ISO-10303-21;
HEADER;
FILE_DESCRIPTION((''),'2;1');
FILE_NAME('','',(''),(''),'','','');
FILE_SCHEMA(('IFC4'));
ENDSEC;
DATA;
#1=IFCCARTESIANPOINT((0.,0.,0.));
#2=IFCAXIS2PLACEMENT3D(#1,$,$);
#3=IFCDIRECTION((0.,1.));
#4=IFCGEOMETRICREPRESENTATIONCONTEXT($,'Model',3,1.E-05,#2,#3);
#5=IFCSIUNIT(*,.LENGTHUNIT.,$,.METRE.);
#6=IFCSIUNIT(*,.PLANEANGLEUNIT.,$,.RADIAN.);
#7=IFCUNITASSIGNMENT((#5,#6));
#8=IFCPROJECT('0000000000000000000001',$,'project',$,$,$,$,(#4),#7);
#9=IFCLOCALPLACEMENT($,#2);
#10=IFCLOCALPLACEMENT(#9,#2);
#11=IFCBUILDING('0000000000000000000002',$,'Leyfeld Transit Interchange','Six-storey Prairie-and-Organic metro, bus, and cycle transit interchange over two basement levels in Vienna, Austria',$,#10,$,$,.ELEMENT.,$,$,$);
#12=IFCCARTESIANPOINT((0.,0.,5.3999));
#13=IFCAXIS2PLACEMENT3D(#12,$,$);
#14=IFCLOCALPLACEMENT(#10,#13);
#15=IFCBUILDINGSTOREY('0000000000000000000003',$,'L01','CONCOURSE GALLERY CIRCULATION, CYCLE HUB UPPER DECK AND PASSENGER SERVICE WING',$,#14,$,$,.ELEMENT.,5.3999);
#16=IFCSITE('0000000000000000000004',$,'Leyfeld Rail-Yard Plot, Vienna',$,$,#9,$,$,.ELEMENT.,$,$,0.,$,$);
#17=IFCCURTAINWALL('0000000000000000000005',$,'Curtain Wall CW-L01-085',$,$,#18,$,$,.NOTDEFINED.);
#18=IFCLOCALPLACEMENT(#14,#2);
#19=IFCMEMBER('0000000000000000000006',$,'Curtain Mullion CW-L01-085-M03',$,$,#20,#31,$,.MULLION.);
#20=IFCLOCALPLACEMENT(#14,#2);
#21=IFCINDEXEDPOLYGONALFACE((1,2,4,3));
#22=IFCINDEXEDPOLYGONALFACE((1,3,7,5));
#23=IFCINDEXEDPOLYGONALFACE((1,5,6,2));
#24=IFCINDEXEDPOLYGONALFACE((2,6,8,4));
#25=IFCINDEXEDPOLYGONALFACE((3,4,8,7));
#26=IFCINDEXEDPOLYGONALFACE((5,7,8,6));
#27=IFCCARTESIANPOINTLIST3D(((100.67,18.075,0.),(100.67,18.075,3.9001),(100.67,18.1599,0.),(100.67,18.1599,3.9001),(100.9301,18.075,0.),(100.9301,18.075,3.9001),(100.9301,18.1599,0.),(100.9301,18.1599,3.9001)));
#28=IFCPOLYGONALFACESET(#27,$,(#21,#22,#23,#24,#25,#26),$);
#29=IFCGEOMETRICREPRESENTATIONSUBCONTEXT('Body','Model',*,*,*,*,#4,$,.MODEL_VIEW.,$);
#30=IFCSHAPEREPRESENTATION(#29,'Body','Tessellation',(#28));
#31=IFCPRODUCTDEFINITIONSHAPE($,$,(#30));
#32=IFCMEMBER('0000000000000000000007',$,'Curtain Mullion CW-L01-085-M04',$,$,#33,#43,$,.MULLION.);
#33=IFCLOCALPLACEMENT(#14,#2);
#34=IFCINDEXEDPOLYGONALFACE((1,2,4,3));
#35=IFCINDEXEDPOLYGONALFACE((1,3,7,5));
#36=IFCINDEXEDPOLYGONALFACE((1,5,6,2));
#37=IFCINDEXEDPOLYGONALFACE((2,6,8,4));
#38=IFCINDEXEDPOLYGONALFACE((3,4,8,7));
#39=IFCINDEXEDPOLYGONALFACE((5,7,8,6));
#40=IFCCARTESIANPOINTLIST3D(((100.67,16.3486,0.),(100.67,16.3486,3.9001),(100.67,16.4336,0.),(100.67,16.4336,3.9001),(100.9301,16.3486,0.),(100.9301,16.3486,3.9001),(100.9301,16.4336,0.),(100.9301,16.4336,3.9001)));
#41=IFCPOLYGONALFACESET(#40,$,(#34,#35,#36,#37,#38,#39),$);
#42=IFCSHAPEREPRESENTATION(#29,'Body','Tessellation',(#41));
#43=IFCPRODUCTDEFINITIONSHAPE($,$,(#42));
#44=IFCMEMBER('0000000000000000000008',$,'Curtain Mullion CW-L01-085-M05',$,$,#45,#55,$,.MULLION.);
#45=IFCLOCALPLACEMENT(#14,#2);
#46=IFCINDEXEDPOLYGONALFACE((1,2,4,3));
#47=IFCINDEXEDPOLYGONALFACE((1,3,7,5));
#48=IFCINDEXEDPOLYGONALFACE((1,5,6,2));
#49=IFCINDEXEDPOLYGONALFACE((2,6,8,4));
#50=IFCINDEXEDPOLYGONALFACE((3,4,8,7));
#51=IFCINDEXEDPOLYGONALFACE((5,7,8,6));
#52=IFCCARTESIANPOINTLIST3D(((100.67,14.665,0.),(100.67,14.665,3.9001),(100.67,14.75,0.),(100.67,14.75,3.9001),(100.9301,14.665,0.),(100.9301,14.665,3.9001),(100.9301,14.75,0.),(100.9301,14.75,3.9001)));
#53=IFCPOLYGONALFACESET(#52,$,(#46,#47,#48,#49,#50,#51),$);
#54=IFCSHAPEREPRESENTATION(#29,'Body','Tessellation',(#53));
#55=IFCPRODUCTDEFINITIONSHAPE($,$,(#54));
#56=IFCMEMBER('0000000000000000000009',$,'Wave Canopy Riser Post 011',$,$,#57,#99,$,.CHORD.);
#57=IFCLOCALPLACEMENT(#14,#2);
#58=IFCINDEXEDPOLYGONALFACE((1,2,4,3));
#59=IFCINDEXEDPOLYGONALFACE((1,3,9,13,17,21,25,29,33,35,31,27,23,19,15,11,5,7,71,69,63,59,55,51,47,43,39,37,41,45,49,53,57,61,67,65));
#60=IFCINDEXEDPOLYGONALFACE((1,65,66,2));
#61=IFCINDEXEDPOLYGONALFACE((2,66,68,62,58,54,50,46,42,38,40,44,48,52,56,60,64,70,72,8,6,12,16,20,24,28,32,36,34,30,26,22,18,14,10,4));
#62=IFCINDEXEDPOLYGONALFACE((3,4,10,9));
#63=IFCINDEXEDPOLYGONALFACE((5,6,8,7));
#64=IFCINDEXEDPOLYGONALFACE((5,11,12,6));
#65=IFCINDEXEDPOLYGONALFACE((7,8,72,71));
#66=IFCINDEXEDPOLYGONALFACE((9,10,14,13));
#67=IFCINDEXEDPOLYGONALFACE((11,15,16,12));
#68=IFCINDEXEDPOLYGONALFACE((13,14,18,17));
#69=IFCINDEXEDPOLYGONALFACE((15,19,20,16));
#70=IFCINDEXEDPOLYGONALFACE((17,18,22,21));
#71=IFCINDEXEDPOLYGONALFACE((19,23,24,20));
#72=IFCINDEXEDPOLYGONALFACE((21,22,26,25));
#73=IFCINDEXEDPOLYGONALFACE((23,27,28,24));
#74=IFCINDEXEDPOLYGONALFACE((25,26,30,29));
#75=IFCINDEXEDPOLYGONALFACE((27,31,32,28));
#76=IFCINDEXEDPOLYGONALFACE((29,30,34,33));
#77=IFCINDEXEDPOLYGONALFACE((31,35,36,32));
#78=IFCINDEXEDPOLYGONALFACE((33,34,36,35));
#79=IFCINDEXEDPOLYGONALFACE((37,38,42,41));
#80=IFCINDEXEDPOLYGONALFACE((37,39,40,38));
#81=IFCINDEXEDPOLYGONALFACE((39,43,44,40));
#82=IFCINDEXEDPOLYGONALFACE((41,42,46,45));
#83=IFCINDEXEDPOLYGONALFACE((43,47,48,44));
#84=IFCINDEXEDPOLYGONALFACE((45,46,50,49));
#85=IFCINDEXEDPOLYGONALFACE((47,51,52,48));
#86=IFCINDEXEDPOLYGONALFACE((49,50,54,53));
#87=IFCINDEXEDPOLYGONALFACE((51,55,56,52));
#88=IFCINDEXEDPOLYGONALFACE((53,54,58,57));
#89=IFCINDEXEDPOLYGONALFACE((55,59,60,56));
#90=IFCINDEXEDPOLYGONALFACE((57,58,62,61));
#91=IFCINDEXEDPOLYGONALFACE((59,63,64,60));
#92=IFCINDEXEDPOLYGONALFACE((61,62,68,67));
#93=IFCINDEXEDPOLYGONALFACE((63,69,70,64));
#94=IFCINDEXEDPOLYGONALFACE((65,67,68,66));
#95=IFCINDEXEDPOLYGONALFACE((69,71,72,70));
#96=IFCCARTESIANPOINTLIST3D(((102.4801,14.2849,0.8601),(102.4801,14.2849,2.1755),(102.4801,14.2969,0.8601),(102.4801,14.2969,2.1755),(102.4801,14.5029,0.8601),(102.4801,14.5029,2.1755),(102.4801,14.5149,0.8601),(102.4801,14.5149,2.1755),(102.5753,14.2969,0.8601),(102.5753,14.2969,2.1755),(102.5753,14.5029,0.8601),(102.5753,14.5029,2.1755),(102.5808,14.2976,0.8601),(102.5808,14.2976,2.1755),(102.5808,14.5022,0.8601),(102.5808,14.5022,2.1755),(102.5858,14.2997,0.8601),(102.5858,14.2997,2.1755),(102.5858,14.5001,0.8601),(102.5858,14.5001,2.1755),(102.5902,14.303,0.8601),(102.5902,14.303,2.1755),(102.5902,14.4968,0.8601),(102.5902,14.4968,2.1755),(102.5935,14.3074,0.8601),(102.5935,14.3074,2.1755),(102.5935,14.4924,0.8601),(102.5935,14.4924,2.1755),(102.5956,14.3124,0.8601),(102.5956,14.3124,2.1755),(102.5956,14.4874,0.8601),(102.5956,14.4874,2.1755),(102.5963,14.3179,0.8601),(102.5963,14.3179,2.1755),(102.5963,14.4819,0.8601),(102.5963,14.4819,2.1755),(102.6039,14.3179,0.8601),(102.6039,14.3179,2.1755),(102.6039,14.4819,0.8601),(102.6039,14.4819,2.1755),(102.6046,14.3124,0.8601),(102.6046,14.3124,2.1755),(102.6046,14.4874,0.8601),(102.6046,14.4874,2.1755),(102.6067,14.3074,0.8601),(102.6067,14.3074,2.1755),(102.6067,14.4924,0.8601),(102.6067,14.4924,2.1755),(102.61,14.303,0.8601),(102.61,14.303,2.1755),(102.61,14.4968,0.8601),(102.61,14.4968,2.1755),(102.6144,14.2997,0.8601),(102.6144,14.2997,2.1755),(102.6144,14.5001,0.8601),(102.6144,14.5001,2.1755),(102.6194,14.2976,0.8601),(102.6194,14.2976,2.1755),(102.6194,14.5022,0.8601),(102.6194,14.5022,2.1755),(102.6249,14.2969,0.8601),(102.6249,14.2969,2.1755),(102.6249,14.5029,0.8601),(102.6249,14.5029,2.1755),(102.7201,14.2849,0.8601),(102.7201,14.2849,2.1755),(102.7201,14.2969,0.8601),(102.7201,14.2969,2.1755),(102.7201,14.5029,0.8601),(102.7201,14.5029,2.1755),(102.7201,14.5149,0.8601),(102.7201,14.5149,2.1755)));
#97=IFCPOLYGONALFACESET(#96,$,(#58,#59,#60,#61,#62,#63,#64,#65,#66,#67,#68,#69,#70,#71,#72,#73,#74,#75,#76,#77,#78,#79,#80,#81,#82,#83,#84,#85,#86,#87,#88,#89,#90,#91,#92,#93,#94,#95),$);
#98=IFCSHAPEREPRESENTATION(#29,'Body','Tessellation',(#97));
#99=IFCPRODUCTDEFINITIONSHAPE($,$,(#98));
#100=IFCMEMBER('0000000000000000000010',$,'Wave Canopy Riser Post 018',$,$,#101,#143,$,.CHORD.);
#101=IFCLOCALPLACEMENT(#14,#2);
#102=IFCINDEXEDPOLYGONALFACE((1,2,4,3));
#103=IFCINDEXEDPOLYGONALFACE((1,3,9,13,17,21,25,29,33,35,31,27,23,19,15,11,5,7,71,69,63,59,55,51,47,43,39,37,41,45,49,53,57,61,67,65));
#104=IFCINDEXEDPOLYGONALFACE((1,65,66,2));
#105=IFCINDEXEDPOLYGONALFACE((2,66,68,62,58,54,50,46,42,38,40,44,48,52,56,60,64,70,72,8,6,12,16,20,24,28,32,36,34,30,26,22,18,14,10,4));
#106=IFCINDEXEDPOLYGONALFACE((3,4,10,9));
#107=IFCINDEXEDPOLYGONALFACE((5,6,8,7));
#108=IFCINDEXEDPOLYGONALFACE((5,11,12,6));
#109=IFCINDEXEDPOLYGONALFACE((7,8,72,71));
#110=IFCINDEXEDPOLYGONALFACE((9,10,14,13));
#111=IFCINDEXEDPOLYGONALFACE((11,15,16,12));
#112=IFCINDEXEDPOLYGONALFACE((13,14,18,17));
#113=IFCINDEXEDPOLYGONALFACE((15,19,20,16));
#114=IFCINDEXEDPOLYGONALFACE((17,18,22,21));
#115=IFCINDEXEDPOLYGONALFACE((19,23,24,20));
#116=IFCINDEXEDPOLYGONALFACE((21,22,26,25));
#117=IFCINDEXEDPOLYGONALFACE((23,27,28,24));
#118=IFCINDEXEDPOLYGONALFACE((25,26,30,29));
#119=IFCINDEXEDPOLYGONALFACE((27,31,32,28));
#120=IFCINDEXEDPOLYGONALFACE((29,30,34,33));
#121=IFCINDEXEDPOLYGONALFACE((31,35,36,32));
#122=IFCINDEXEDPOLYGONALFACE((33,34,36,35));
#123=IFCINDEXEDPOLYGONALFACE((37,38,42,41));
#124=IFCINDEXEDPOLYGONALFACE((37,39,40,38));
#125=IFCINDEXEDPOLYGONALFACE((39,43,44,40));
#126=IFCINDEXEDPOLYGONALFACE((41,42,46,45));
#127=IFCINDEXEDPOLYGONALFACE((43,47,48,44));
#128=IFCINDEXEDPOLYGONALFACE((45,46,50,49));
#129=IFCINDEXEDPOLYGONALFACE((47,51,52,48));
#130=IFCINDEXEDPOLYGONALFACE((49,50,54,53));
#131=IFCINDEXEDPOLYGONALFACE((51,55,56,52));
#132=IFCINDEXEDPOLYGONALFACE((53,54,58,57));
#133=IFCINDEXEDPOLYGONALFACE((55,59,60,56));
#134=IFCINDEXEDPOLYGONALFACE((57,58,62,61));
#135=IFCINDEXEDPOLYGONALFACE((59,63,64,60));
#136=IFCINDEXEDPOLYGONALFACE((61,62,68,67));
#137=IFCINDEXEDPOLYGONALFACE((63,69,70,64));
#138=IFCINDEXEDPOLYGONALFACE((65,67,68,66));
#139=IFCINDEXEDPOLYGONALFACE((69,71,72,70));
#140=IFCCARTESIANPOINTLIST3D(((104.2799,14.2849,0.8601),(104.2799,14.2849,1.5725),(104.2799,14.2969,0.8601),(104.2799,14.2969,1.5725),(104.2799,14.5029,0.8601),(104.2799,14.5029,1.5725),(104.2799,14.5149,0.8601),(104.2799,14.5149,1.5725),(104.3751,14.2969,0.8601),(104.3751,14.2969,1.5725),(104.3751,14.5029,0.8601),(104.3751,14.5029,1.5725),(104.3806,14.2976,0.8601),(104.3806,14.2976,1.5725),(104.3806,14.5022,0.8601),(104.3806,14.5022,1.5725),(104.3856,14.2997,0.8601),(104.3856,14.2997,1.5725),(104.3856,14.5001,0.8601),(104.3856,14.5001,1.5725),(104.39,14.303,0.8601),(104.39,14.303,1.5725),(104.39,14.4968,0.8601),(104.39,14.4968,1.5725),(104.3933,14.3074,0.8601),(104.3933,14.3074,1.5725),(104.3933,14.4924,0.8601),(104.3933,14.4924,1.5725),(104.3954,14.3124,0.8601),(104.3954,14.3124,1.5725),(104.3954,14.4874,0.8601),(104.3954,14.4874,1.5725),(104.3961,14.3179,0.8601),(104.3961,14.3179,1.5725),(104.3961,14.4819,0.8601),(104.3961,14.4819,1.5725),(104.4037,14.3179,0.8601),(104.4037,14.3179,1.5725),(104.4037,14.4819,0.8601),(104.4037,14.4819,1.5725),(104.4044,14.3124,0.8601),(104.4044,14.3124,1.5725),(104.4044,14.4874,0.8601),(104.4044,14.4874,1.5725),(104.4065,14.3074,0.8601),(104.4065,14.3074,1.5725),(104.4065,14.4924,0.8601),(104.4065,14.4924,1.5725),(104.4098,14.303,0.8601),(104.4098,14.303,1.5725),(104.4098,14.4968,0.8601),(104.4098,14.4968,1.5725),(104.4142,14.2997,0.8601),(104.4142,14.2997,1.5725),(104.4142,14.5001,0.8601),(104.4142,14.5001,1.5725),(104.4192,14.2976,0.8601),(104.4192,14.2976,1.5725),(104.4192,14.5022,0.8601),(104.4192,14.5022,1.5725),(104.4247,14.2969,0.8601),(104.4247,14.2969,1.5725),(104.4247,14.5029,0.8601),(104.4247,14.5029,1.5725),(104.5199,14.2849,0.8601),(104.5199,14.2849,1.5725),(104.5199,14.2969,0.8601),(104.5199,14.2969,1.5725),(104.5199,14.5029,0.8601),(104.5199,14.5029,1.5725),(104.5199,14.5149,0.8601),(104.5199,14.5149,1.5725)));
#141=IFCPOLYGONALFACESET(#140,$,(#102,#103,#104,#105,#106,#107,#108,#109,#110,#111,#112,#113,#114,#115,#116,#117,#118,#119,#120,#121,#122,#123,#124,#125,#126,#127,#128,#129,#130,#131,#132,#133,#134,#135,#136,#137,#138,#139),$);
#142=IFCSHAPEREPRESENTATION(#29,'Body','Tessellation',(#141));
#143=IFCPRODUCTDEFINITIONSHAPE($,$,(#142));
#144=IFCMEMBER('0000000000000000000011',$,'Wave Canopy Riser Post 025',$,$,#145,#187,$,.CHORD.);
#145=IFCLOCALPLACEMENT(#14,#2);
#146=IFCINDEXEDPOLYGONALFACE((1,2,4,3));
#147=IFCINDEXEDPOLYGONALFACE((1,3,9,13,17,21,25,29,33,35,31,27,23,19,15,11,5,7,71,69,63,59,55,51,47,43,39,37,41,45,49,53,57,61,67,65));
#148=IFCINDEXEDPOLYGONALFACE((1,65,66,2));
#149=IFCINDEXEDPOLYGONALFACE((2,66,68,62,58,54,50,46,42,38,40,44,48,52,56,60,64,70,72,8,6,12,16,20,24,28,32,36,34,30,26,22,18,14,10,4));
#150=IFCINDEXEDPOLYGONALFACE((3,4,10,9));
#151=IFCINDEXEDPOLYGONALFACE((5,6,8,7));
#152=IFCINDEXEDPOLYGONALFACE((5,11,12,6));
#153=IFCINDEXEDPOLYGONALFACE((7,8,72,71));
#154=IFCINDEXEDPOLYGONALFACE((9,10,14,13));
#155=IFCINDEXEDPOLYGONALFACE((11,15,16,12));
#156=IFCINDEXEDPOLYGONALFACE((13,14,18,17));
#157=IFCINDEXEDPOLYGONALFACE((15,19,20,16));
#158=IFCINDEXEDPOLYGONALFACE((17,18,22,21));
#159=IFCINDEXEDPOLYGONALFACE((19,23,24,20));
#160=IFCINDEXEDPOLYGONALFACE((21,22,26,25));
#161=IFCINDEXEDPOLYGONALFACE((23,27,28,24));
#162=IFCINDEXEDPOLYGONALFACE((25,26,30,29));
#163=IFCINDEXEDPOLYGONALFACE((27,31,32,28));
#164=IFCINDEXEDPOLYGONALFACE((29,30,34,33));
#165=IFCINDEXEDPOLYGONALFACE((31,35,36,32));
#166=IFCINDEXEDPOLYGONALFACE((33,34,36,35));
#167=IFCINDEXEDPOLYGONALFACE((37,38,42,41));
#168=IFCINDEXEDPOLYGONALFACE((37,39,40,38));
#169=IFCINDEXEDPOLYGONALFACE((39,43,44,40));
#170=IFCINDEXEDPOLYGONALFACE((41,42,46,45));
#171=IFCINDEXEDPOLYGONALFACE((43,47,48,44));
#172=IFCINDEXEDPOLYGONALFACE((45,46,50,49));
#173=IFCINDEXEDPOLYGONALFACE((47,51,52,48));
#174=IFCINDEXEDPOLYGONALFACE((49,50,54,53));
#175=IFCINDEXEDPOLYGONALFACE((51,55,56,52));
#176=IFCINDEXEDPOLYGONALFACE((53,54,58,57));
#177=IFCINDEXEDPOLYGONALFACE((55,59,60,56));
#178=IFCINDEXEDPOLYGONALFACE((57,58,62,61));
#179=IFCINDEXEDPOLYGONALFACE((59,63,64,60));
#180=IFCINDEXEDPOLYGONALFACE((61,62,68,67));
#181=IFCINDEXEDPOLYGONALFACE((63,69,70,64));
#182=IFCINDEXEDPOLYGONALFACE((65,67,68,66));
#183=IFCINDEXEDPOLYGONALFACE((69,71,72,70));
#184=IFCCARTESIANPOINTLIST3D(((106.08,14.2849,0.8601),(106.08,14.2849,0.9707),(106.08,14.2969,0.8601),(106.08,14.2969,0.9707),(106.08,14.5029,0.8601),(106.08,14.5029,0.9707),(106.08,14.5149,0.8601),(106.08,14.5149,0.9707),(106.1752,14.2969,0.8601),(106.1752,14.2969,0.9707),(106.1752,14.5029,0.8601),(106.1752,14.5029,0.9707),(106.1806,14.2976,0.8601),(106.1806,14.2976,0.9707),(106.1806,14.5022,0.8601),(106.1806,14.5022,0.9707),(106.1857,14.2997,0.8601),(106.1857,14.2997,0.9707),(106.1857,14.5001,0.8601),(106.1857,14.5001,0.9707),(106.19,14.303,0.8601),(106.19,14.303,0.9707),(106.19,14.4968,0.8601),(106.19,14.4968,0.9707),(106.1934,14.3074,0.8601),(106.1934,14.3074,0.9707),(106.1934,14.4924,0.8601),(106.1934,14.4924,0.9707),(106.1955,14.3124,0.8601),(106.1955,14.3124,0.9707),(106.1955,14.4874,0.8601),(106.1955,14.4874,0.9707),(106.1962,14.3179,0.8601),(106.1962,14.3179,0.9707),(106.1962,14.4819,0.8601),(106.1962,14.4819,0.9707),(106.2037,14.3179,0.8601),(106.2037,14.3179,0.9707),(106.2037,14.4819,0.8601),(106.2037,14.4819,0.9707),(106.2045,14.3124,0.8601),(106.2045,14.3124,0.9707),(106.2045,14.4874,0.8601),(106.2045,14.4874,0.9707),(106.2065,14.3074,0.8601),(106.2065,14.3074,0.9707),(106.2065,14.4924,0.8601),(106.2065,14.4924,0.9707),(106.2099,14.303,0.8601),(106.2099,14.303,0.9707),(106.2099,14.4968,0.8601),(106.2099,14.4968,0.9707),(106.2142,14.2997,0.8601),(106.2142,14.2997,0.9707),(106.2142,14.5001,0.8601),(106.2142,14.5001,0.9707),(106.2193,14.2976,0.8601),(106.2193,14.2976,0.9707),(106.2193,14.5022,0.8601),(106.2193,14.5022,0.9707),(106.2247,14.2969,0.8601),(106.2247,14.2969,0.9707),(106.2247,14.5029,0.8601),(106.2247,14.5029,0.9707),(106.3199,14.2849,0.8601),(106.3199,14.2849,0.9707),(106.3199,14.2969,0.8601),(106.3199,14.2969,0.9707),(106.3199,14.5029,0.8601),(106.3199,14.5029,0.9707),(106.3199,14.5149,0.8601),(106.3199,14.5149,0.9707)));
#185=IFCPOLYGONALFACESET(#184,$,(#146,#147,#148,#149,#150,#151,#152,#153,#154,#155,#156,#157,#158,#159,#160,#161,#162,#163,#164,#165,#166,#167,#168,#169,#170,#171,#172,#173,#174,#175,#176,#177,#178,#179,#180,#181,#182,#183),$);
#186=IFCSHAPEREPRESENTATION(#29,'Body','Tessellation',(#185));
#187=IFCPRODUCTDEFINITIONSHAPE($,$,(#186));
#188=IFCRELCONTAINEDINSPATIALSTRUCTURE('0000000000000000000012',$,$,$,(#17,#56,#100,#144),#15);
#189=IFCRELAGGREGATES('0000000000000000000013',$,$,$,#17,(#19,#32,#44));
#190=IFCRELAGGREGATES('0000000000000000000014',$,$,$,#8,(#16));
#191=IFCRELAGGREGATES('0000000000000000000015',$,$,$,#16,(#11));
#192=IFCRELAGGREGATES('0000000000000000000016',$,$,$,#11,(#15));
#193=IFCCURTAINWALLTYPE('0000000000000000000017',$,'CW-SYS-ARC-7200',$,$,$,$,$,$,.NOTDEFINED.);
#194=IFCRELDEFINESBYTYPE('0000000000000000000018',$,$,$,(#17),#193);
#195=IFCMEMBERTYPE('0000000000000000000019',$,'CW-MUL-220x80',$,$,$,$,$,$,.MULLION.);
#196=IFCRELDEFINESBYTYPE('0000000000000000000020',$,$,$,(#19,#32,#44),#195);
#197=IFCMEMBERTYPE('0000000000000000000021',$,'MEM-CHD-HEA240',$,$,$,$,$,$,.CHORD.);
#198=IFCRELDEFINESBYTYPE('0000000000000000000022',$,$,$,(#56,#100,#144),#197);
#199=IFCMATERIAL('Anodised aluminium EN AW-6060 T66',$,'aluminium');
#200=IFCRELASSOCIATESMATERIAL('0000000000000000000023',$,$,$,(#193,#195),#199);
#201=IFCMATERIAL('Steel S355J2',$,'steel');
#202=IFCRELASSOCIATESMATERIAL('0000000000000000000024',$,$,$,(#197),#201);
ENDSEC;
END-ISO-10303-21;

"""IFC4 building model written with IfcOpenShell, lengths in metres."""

from ifc_helpers import new_model, si_unit, direction, frame, origin, origin_2d, place, context, subcontext, project, spatial, rectangle, i_section, extrude, material, material_profile, profile_set, type_object, element, aggregate, save


model = new_model("IFC4")

# Units and contexts
model_context = context("Model", 3, precision=1e-05, world=origin(), true_north=direction((0.0, 1.0)))
body_context = subcontext(model_context, "Body", "Model", "MODEL_VIEW")
ifc_project = project(units=[si_unit("LENGTHUNIT", "METRE"), si_unit("PLANEANGLEUNIT", "RADIAN")], contexts=[model_context])

# Site, building, storey
site_placement = place(None, origin())
site = spatial("IfcSite", under=ifc_project, at=site_placement, Name="Leyfeld Rail-Yard Plot, Vienna", CompositionType="ELEMENT", RefElevation=0.0)
building_placement = place(site_placement, origin())
building = spatial("IfcBuilding", under=site, at=building_placement, Name="Leyfeld Transit Interchange", Description="Six-storey Prairie-and-Organic metro, bus, and cycle transit interchange over two basement levels in Vienna, Austria", CompositionType="ELEMENT")
storey_placement = place(building_placement, frame((0.0, 0.0, 5.3999)))
storey = spatial("IfcBuildingStorey", under=building, at=storey_placement, Name="L01", Description="CONCOURSE GALLERY CIRCULATION, CYCLE HUB UPPER DECK AND PASSENGER SERVICE WING", CompositionType="ELEMENT", Elevation=5.3999)

# Curtain wall, members
ifc_material_1 = material(Name="Anodised aluminium EN AW-6060 T66", Category="aluminium")
curtain_wall_type = type_object("IfcCurtainWallType", Name="CW-SYS-ARC-7200", PredefinedType="NOTDEFINED", material=ifc_material_1)
curtain_wall_placement = place(storey_placement, origin())
curtain_wall = element("IfcCurtainWall", 1, at=curtain_wall_placement, inside=storey, type_object=curtain_wall_type, Name="Curtain Wall CW-L01-085", PredefinedType="NOTDEFINED")
ifc_material_profile_1 = material_profile(ifc_material_1, rectangle(XDim=0.085, YDim=0.26, at=origin_2d()), Name="CW-M 85x260")
ifc_profile_set_1 = profile_set([ifc_material_profile_1], Name="Anodised aluminium EN AW-6060 T66")
member_type_1 = type_object("IfcMemberType", Name="CW-MUL-220x80", PredefinedType="MULLION", material=ifc_profile_set_1)
member_1_placement = place(storey_placement, frame((100.8, 18.1174, 0.0), z_axis=(0.0, 0.0, 1.0), x_axis=(0.0, -1.0, 0.0)))
member_1 = element("IfcMember", 2, at=member_1_placement, type_object=member_type_1, Name="Curtain Mullion CW-L01-085-M03", PredefinedType="MULLION", context=body_context, shape_type="SweptSolid", body=[
    extrude(rectangle(XDim=0.085, YDim=0.26, at=origin_2d()), origin(), (0.0, 0.0, 1.0), 3.9001),
])
member_2_placement = place(storey_placement, frame((100.8, 16.3911, 0.0), z_axis=(0.0, 0.0, 1.0), x_axis=(0.0, -1.0, 0.0)))
member_2 = element("IfcMember", 3, at=member_2_placement, type_object=member_type_1, Name="Curtain Mullion CW-L01-085-M04", PredefinedType="MULLION", context=body_context, shape_type="SweptSolid", body=[
    extrude(rectangle(XDim=0.085, YDim=0.26, at=origin_2d()), origin(), (0.0, 0.0, 1.0), 3.9001),
])
member_3_placement = place(storey_placement, frame((100.8, 14.7075, 0.0), z_axis=(0.0, 0.0, 1.0), x_axis=(0.0, -1.0, 0.0)))
member_3 = element("IfcMember", 4, at=member_3_placement, type_object=member_type_1, Name="Curtain Mullion CW-L01-085-M05", PredefinedType="MULLION", context=body_context, shape_type="SweptSolid", body=[
    extrude(rectangle(XDim=0.085, YDim=0.26, at=origin_2d()), origin(), (0.0, 0.0, 1.0), 3.9001),
])

# Members
ifc_material_2 = material(Name="Steel S355J2", Category="steel")
ifc_material_profile_2 = material_profile(ifc_material_2, i_section(OverallWidth=0.24, OverallDepth=0.23, WebThickness=0.0076, FlangeThickness=0.012, FilletRadius=0.021, at=origin_2d()), Name="HEA 240")
ifc_profile_set_2 = profile_set([ifc_material_profile_2], Name="Steel S355J2")
member_type_2 = type_object("IfcMemberType", Name="MEM-CHD-HEA240", PredefinedType="CHORD", material=ifc_profile_set_2)
member_4_placement = place(storey_placement, frame((102.6001, 14.3999, 0.8601), z_axis=(0.0, 0.0, 1.0), x_axis=(1.0, 0.0, 0.0)))
element("IfcMember", 5, at=member_4_placement, inside=storey, type_object=member_type_2, Name="Wave Canopy Riser Post 011", PredefinedType="CHORD", context=body_context, shape_type="SweptSolid", body=[
    extrude(i_section(OverallWidth=0.24, OverallDepth=0.23, WebThickness=0.0076, FlangeThickness=0.012, FilletRadius=0.021, at=origin_2d()), origin(), (0.0, 0.0, 1.0), 1.3154),
])
member_5_placement = place(storey_placement, frame((104.3999, 14.3999, 0.8601), z_axis=(0.0, 0.0, 1.0), x_axis=(1.0, 0.0, 0.0)))
element("IfcMember", 6, at=member_5_placement, inside=storey, type_object=member_type_2, Name="Wave Canopy Riser Post 018", PredefinedType="CHORD", context=body_context, shape_type="SweptSolid", body=[
    extrude(i_section(OverallWidth=0.24, OverallDepth=0.23, WebThickness=0.0076, FlangeThickness=0.012, FilletRadius=0.021, at=origin_2d()), origin(), (0.0, 0.0, 1.0), 0.7124),
])
member_6_placement = place(storey_placement, frame((106.2, 14.3999, 0.8601), z_axis=(0.0, 0.0, 1.0), x_axis=(1.0, 0.0, 0.0)))
element("IfcMember", 7, at=member_6_placement, inside=storey, type_object=member_type_2, Name="Wave Canopy Riser Post 025", PredefinedType="CHORD", context=body_context, shape_type="SweptSolid", body=[
    extrude(i_section(OverallWidth=0.24, OverallDepth=0.23, WebThickness=0.0076, FlangeThickness=0.012, FilletRadius=0.021, at=origin_2d()), origin(), (0.0, 0.0, 1.0), 0.1106),
])

aggregate(curtain_wall, [member_1, member_2, member_3])

save(model, "model.ifc")
